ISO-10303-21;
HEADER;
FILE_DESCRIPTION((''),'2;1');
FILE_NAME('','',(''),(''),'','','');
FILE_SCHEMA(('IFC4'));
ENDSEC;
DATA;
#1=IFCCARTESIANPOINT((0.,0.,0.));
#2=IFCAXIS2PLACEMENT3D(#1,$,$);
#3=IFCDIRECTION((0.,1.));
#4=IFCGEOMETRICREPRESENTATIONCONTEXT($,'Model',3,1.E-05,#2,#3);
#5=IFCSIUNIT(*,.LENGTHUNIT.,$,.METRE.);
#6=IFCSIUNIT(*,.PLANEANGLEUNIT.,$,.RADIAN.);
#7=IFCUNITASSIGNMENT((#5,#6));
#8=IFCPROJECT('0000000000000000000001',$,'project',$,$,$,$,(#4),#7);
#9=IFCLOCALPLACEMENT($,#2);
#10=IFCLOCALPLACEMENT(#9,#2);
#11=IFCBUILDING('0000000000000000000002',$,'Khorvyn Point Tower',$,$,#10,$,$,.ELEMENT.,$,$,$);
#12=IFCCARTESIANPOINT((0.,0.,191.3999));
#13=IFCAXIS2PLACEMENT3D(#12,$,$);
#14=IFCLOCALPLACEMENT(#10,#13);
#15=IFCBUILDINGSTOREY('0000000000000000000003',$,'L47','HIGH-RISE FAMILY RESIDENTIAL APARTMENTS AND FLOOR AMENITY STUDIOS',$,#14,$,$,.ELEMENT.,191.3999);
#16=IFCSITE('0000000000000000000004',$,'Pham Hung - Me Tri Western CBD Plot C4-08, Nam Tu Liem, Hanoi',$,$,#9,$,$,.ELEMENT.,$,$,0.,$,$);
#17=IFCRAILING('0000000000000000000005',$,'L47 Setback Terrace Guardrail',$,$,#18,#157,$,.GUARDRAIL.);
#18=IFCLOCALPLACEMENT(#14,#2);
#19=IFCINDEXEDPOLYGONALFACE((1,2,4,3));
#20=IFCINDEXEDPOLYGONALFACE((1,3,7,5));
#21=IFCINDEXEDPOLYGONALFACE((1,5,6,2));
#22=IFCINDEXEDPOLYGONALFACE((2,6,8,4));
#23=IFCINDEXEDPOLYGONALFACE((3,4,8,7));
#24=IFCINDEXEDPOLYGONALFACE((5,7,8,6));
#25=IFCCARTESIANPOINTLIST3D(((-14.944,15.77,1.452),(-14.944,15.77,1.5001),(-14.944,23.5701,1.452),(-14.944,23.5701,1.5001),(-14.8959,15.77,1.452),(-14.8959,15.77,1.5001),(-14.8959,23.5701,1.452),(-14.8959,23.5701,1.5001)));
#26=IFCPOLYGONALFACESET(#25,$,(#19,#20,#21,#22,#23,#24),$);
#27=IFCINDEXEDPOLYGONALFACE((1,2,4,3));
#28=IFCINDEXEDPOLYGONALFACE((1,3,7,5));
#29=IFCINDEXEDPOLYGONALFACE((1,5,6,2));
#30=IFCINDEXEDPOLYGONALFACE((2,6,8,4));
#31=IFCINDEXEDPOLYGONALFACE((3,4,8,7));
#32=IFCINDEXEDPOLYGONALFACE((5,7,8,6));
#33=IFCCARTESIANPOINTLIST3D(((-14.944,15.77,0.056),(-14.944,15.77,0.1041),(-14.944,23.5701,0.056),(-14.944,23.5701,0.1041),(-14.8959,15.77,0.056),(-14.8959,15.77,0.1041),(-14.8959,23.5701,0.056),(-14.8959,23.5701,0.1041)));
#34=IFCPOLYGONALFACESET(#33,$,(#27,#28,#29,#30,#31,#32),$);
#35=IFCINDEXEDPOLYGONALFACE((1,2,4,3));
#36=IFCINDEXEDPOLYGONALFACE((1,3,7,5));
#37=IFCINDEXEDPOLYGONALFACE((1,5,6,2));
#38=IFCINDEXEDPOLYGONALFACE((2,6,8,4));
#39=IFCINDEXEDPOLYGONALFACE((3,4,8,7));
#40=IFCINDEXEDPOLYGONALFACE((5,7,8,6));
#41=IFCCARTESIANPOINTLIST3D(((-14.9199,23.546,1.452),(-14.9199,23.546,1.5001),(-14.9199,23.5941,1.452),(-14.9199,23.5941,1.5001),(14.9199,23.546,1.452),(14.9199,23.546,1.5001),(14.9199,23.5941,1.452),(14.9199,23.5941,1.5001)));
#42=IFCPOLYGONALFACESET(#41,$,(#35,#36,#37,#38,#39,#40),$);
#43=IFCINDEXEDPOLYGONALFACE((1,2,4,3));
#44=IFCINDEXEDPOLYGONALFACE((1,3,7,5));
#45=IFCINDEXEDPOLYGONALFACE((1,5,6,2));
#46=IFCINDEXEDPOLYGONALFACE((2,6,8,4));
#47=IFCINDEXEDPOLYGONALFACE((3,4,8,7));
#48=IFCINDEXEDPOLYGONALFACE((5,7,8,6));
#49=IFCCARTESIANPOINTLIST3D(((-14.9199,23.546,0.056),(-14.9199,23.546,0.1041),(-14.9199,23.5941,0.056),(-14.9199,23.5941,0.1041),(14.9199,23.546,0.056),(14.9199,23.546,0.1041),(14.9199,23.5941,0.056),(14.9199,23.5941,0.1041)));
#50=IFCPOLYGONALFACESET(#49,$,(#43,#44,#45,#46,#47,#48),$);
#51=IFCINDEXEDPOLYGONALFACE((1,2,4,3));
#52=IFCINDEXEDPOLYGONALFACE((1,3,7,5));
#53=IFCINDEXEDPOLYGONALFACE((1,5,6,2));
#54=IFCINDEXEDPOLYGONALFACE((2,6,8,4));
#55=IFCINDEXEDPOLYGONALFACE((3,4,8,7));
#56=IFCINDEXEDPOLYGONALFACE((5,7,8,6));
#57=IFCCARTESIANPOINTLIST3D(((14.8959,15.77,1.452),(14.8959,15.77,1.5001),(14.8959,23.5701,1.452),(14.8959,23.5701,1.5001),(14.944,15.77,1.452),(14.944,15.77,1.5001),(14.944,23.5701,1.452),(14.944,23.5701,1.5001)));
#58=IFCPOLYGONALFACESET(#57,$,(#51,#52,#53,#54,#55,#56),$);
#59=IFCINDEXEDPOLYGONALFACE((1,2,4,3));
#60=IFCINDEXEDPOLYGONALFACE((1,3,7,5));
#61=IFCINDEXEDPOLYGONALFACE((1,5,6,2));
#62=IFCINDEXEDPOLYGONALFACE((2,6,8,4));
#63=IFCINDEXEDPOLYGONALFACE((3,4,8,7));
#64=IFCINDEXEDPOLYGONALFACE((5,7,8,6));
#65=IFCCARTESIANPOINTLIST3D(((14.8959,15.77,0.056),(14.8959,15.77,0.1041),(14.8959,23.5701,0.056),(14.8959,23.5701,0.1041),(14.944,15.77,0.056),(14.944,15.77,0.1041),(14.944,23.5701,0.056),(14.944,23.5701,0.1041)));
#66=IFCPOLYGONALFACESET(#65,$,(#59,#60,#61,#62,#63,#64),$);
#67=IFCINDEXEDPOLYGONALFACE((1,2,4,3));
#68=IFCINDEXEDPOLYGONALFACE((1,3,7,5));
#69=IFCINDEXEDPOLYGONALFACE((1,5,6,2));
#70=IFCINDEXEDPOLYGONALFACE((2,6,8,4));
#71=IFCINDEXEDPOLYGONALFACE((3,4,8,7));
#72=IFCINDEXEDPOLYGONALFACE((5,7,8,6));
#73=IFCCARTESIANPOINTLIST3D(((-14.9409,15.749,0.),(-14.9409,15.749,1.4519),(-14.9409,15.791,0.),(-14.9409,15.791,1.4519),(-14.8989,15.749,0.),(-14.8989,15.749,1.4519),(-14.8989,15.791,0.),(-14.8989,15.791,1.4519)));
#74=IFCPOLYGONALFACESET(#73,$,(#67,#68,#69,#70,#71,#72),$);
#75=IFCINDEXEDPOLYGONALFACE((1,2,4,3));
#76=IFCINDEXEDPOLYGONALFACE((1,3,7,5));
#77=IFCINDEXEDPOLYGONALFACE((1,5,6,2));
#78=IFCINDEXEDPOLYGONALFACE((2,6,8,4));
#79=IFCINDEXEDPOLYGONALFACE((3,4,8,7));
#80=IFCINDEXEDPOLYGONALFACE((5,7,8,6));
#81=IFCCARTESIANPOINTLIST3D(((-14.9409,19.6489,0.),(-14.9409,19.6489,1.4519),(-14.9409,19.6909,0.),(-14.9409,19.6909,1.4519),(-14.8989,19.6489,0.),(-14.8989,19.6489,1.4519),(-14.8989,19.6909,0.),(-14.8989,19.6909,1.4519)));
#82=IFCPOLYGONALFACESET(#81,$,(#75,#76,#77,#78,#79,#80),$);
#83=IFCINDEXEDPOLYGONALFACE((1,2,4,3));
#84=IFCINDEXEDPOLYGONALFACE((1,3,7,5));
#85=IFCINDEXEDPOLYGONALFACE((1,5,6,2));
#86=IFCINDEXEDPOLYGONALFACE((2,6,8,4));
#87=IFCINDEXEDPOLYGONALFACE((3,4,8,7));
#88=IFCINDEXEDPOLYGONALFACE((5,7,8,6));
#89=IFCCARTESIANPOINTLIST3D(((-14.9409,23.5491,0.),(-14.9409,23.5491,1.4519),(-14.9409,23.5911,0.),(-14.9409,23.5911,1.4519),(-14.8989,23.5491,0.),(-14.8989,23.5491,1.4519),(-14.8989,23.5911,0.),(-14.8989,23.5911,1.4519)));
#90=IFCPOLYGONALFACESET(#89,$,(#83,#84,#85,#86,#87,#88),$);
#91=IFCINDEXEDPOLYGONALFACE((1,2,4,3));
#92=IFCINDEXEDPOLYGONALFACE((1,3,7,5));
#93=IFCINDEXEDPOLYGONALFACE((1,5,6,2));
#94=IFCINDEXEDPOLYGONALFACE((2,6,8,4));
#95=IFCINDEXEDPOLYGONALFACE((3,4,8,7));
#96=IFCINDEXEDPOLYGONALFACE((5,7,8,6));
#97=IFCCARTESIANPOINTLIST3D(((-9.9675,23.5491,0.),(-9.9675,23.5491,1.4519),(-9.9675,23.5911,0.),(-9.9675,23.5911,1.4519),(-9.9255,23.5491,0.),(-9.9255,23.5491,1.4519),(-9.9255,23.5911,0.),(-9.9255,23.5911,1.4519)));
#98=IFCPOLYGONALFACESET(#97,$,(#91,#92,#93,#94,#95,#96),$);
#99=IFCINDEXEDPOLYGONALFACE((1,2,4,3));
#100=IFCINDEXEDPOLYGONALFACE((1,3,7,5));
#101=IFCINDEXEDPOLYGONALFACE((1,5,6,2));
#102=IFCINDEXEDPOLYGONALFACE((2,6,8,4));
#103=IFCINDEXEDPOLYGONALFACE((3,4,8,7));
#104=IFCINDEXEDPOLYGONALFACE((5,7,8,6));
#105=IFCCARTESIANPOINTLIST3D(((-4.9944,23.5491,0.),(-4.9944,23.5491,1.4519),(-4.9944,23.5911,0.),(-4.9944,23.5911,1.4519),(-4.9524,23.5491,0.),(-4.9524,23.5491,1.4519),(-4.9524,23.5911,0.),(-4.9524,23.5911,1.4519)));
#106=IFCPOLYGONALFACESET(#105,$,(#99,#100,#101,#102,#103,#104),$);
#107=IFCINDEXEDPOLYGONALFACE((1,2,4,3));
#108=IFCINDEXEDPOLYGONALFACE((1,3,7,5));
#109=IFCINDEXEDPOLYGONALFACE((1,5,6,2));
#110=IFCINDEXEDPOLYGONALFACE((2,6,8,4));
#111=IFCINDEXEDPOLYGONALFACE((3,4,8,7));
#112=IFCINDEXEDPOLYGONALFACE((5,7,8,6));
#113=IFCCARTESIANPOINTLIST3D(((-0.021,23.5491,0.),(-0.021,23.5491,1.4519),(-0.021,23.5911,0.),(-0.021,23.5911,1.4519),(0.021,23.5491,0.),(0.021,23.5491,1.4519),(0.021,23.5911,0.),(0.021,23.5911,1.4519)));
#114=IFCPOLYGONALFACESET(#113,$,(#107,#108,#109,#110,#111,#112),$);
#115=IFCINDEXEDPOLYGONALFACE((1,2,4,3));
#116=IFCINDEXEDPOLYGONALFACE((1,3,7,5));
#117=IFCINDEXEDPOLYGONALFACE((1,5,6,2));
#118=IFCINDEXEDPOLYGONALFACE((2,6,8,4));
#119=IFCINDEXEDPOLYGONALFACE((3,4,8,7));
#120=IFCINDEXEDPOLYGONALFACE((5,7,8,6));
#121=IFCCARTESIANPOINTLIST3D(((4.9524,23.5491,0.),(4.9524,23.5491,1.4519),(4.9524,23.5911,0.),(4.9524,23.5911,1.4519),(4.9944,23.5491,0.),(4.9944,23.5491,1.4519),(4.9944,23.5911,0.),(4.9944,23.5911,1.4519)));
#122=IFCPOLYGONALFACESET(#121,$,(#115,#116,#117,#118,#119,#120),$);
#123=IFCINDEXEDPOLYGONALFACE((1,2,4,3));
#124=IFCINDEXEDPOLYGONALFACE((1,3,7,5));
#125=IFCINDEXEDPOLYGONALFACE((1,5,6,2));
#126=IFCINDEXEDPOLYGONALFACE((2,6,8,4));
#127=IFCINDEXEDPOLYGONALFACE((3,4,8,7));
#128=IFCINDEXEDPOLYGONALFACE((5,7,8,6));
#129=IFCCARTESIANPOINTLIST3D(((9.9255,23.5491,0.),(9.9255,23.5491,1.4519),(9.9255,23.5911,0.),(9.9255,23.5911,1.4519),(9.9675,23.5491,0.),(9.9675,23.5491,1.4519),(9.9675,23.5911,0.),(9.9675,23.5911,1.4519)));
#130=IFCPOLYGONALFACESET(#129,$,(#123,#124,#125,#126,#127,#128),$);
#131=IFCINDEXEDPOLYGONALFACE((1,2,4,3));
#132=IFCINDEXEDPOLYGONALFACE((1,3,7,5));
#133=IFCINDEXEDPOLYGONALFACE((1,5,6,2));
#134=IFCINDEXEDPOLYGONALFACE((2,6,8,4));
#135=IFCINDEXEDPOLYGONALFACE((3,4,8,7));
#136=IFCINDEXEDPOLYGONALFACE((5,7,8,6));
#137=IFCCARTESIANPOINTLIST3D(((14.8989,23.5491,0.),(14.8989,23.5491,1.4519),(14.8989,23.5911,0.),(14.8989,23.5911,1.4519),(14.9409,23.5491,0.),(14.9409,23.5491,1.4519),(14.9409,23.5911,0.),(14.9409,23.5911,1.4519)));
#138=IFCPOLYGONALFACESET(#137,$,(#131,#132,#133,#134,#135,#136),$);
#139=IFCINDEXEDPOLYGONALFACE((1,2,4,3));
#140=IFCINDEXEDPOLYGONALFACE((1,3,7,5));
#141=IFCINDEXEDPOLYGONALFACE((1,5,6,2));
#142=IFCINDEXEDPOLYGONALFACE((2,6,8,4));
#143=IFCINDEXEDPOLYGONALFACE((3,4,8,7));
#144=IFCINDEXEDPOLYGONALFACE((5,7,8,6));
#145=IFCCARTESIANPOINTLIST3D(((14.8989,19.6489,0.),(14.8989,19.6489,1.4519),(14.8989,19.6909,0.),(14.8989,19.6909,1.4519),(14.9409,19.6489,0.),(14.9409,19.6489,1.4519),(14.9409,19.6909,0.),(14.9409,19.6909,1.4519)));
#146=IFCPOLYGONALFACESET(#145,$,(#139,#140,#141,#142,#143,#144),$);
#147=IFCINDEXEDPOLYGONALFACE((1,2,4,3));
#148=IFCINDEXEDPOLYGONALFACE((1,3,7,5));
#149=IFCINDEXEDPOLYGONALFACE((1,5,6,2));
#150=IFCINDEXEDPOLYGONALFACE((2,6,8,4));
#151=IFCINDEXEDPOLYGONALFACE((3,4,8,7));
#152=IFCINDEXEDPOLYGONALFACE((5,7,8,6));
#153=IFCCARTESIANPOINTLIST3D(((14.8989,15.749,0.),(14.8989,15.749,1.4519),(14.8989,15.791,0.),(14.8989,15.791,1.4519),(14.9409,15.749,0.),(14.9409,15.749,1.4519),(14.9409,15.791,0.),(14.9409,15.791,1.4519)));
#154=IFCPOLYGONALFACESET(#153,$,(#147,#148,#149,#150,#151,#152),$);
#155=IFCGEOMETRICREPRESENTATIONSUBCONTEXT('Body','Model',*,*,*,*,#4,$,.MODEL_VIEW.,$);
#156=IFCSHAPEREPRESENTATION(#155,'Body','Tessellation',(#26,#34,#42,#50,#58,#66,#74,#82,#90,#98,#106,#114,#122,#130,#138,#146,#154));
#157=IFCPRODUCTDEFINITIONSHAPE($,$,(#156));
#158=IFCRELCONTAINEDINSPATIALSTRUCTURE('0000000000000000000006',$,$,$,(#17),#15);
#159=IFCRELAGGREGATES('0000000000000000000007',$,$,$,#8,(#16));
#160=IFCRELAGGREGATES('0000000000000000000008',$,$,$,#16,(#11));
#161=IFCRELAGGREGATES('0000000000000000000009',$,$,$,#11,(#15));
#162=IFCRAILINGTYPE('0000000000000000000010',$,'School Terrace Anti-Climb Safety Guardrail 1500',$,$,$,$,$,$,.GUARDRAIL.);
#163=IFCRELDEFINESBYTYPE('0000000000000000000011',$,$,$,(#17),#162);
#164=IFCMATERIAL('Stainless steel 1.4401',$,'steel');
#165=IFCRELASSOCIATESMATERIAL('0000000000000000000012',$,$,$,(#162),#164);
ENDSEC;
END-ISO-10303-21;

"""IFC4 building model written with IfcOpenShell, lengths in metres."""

from ifc_helpers import new_model, si_unit, direction, frame, origin, origin_2d, place, context, subcontext, project, spatial, rectangle, extrude, material, type_object, element, save


model = new_model("IFC4")

# Units and contexts
model_context = context("Model", 3, precision=1e-05, world=origin(), true_north=direction((0.0, 1.0)))
body_context = subcontext(model_context, "Body", "Model", "MODEL_VIEW")
ifc_project = project(units=[si_unit("LENGTHUNIT", "METRE"), si_unit("PLANEANGLEUNIT", "RADIAN")], contexts=[model_context])

# Site, building, storey
site_placement = place(None, origin())
site = spatial("IfcSite", under=ifc_project, at=site_placement, Name="Pham Hung - Me Tri Western CBD Plot C4-08, Nam Tu Liem, Hanoi", CompositionType="ELEMENT", RefElevation=0.0)
building_placement = place(site_placement, origin())
building = spatial("IfcBuilding", under=site, at=building_placement, Name="Khorvyn Point Tower", CompositionType="ELEMENT")
storey_placement = place(building_placement, frame((0.0, 0.0, 191.3999)))
storey = spatial("IfcBuildingStorey", under=building, at=storey_placement, Name="L47", Description="HIGH-RISE FAMILY RESIDENTIAL APARTMENTS AND FLOOR AMENITY STUDIOS", CompositionType="ELEMENT", Elevation=191.3999)

# Railing
ifc_material_1 = material(Name="Stainless steel 1.4401", Category="steel")
railing_type = type_object("IfcRailingType", Name="School Terrace Anti-Climb Safety Guardrail 1500", PredefinedType="GUARDRAIL", material=ifc_material_1)
railing_placement = place(storey_placement, frame((-14.9199, 15.77, 0.0)))
element("IfcRailing", 1, at=railing_placement, inside=storey, type_object=railing_type, Name="L47 Setback Terrace Guardrail", PredefinedType="GUARDRAIL", context=body_context, shape_type="SweptSolid", body=[
    extrude(rectangle(XDim=0.0481, YDim=0.0481, at=origin_2d()), frame((0.0, 0.0, 1.4761), z_axis=(0.0, 1.0, 0.0), x_axis=(-1.0, 0.0, 0.0)), (0.0, 0.0, 1.0), 7.8),
    extrude(rectangle(XDim=0.0481, YDim=0.0481, at=origin_2d()), frame((0.0, 0.0, 0.0801), z_axis=(0.0, 1.0, 0.0), x_axis=(-1.0, 0.0, 0.0)), (0.0, 0.0, 1.0), 7.8),
    extrude(rectangle(XDim=0.0481, YDim=0.0481, at=origin_2d()), frame((0.0, 7.8, 1.4761), z_axis=(1.0, 0.0, 0.0), x_axis=(0.0, 1.0, 0.0)), (0.0, 0.0, 1.0), 29.8398),
    extrude(rectangle(XDim=0.0481, YDim=0.0481, at=origin_2d()), frame((0.0, 7.8, 0.0801), z_axis=(1.0, 0.0, 0.0), x_axis=(0.0, 1.0, 0.0)), (0.0, 0.0, 1.0), 29.8398),
    extrude(rectangle(XDim=0.0481, YDim=0.0481, at=origin_2d()), frame((29.8398, 7.8, 1.4761), z_axis=(0.0, -1.0, 0.0), x_axis=(1.0, 0.0, 0.0)), (0.0, 0.0, 1.0), 7.8),
    extrude(rectangle(XDim=0.0481, YDim=0.0481, at=origin_2d()), frame((29.8398, 7.8, 0.0801), z_axis=(0.0, -1.0, 0.0), x_axis=(1.0, 0.0, 0.0)), (0.0, 0.0, 1.0), 7.8),
    extrude(rectangle(XDim=0.042, YDim=0.042, at=origin_2d()), origin(), (0.0, 0.0, 1.0), 1.4519),
    extrude(rectangle(XDim=0.042, YDim=0.042, at=origin_2d()), frame((0.0, 3.8999, 0.0)), (0.0, 0.0, 1.0), 1.4519),
    extrude(rectangle(XDim=0.042, YDim=0.042, at=origin_2d()), frame((0.0, 7.8, 0.0)), (0.0, 0.0, 1.0), 1.4519),
    extrude(rectangle(XDim=0.042, YDim=0.042, at=origin_2d()), frame((4.9734, 7.8, 0.0)), (0.0, 0.0, 1.0), 1.4519),
    extrude(rectangle(XDim=0.042, YDim=0.042, at=origin_2d()), frame((9.9465, 7.8, 0.0)), (0.0, 0.0, 1.0), 1.4519),
    extrude(rectangle(XDim=0.042, YDim=0.042, at=origin_2d()), frame((14.9199, 7.8, 0.0)), (0.0, 0.0, 1.0), 1.4519),
    extrude(rectangle(XDim=0.042, YDim=0.042, at=origin_2d()), frame((19.8933, 7.8, 0.0)), (0.0, 0.0, 1.0), 1.4519),
    extrude(rectangle(XDim=0.042, YDim=0.042, at=origin_2d()), frame((24.8665, 7.8, 0.0)), (0.0, 0.0, 1.0), 1.4519),
    extrude(rectangle(XDim=0.042, YDim=0.042, at=origin_2d()), frame((29.8398, 7.8, 0.0)), (0.0, 0.0, 1.0), 1.4519),
    extrude(rectangle(XDim=0.042, YDim=0.042, at=origin_2d()), frame((29.8398, 3.8999, 0.0)), (0.0, 0.0, 1.0), 1.4519),
    extrude(rectangle(XDim=0.042, YDim=0.042, at=origin_2d()), frame((29.8398, 0.0, 0.0)), (0.0, 0.0, 1.0), 1.4519),
])

save(model, "model.ifc")
